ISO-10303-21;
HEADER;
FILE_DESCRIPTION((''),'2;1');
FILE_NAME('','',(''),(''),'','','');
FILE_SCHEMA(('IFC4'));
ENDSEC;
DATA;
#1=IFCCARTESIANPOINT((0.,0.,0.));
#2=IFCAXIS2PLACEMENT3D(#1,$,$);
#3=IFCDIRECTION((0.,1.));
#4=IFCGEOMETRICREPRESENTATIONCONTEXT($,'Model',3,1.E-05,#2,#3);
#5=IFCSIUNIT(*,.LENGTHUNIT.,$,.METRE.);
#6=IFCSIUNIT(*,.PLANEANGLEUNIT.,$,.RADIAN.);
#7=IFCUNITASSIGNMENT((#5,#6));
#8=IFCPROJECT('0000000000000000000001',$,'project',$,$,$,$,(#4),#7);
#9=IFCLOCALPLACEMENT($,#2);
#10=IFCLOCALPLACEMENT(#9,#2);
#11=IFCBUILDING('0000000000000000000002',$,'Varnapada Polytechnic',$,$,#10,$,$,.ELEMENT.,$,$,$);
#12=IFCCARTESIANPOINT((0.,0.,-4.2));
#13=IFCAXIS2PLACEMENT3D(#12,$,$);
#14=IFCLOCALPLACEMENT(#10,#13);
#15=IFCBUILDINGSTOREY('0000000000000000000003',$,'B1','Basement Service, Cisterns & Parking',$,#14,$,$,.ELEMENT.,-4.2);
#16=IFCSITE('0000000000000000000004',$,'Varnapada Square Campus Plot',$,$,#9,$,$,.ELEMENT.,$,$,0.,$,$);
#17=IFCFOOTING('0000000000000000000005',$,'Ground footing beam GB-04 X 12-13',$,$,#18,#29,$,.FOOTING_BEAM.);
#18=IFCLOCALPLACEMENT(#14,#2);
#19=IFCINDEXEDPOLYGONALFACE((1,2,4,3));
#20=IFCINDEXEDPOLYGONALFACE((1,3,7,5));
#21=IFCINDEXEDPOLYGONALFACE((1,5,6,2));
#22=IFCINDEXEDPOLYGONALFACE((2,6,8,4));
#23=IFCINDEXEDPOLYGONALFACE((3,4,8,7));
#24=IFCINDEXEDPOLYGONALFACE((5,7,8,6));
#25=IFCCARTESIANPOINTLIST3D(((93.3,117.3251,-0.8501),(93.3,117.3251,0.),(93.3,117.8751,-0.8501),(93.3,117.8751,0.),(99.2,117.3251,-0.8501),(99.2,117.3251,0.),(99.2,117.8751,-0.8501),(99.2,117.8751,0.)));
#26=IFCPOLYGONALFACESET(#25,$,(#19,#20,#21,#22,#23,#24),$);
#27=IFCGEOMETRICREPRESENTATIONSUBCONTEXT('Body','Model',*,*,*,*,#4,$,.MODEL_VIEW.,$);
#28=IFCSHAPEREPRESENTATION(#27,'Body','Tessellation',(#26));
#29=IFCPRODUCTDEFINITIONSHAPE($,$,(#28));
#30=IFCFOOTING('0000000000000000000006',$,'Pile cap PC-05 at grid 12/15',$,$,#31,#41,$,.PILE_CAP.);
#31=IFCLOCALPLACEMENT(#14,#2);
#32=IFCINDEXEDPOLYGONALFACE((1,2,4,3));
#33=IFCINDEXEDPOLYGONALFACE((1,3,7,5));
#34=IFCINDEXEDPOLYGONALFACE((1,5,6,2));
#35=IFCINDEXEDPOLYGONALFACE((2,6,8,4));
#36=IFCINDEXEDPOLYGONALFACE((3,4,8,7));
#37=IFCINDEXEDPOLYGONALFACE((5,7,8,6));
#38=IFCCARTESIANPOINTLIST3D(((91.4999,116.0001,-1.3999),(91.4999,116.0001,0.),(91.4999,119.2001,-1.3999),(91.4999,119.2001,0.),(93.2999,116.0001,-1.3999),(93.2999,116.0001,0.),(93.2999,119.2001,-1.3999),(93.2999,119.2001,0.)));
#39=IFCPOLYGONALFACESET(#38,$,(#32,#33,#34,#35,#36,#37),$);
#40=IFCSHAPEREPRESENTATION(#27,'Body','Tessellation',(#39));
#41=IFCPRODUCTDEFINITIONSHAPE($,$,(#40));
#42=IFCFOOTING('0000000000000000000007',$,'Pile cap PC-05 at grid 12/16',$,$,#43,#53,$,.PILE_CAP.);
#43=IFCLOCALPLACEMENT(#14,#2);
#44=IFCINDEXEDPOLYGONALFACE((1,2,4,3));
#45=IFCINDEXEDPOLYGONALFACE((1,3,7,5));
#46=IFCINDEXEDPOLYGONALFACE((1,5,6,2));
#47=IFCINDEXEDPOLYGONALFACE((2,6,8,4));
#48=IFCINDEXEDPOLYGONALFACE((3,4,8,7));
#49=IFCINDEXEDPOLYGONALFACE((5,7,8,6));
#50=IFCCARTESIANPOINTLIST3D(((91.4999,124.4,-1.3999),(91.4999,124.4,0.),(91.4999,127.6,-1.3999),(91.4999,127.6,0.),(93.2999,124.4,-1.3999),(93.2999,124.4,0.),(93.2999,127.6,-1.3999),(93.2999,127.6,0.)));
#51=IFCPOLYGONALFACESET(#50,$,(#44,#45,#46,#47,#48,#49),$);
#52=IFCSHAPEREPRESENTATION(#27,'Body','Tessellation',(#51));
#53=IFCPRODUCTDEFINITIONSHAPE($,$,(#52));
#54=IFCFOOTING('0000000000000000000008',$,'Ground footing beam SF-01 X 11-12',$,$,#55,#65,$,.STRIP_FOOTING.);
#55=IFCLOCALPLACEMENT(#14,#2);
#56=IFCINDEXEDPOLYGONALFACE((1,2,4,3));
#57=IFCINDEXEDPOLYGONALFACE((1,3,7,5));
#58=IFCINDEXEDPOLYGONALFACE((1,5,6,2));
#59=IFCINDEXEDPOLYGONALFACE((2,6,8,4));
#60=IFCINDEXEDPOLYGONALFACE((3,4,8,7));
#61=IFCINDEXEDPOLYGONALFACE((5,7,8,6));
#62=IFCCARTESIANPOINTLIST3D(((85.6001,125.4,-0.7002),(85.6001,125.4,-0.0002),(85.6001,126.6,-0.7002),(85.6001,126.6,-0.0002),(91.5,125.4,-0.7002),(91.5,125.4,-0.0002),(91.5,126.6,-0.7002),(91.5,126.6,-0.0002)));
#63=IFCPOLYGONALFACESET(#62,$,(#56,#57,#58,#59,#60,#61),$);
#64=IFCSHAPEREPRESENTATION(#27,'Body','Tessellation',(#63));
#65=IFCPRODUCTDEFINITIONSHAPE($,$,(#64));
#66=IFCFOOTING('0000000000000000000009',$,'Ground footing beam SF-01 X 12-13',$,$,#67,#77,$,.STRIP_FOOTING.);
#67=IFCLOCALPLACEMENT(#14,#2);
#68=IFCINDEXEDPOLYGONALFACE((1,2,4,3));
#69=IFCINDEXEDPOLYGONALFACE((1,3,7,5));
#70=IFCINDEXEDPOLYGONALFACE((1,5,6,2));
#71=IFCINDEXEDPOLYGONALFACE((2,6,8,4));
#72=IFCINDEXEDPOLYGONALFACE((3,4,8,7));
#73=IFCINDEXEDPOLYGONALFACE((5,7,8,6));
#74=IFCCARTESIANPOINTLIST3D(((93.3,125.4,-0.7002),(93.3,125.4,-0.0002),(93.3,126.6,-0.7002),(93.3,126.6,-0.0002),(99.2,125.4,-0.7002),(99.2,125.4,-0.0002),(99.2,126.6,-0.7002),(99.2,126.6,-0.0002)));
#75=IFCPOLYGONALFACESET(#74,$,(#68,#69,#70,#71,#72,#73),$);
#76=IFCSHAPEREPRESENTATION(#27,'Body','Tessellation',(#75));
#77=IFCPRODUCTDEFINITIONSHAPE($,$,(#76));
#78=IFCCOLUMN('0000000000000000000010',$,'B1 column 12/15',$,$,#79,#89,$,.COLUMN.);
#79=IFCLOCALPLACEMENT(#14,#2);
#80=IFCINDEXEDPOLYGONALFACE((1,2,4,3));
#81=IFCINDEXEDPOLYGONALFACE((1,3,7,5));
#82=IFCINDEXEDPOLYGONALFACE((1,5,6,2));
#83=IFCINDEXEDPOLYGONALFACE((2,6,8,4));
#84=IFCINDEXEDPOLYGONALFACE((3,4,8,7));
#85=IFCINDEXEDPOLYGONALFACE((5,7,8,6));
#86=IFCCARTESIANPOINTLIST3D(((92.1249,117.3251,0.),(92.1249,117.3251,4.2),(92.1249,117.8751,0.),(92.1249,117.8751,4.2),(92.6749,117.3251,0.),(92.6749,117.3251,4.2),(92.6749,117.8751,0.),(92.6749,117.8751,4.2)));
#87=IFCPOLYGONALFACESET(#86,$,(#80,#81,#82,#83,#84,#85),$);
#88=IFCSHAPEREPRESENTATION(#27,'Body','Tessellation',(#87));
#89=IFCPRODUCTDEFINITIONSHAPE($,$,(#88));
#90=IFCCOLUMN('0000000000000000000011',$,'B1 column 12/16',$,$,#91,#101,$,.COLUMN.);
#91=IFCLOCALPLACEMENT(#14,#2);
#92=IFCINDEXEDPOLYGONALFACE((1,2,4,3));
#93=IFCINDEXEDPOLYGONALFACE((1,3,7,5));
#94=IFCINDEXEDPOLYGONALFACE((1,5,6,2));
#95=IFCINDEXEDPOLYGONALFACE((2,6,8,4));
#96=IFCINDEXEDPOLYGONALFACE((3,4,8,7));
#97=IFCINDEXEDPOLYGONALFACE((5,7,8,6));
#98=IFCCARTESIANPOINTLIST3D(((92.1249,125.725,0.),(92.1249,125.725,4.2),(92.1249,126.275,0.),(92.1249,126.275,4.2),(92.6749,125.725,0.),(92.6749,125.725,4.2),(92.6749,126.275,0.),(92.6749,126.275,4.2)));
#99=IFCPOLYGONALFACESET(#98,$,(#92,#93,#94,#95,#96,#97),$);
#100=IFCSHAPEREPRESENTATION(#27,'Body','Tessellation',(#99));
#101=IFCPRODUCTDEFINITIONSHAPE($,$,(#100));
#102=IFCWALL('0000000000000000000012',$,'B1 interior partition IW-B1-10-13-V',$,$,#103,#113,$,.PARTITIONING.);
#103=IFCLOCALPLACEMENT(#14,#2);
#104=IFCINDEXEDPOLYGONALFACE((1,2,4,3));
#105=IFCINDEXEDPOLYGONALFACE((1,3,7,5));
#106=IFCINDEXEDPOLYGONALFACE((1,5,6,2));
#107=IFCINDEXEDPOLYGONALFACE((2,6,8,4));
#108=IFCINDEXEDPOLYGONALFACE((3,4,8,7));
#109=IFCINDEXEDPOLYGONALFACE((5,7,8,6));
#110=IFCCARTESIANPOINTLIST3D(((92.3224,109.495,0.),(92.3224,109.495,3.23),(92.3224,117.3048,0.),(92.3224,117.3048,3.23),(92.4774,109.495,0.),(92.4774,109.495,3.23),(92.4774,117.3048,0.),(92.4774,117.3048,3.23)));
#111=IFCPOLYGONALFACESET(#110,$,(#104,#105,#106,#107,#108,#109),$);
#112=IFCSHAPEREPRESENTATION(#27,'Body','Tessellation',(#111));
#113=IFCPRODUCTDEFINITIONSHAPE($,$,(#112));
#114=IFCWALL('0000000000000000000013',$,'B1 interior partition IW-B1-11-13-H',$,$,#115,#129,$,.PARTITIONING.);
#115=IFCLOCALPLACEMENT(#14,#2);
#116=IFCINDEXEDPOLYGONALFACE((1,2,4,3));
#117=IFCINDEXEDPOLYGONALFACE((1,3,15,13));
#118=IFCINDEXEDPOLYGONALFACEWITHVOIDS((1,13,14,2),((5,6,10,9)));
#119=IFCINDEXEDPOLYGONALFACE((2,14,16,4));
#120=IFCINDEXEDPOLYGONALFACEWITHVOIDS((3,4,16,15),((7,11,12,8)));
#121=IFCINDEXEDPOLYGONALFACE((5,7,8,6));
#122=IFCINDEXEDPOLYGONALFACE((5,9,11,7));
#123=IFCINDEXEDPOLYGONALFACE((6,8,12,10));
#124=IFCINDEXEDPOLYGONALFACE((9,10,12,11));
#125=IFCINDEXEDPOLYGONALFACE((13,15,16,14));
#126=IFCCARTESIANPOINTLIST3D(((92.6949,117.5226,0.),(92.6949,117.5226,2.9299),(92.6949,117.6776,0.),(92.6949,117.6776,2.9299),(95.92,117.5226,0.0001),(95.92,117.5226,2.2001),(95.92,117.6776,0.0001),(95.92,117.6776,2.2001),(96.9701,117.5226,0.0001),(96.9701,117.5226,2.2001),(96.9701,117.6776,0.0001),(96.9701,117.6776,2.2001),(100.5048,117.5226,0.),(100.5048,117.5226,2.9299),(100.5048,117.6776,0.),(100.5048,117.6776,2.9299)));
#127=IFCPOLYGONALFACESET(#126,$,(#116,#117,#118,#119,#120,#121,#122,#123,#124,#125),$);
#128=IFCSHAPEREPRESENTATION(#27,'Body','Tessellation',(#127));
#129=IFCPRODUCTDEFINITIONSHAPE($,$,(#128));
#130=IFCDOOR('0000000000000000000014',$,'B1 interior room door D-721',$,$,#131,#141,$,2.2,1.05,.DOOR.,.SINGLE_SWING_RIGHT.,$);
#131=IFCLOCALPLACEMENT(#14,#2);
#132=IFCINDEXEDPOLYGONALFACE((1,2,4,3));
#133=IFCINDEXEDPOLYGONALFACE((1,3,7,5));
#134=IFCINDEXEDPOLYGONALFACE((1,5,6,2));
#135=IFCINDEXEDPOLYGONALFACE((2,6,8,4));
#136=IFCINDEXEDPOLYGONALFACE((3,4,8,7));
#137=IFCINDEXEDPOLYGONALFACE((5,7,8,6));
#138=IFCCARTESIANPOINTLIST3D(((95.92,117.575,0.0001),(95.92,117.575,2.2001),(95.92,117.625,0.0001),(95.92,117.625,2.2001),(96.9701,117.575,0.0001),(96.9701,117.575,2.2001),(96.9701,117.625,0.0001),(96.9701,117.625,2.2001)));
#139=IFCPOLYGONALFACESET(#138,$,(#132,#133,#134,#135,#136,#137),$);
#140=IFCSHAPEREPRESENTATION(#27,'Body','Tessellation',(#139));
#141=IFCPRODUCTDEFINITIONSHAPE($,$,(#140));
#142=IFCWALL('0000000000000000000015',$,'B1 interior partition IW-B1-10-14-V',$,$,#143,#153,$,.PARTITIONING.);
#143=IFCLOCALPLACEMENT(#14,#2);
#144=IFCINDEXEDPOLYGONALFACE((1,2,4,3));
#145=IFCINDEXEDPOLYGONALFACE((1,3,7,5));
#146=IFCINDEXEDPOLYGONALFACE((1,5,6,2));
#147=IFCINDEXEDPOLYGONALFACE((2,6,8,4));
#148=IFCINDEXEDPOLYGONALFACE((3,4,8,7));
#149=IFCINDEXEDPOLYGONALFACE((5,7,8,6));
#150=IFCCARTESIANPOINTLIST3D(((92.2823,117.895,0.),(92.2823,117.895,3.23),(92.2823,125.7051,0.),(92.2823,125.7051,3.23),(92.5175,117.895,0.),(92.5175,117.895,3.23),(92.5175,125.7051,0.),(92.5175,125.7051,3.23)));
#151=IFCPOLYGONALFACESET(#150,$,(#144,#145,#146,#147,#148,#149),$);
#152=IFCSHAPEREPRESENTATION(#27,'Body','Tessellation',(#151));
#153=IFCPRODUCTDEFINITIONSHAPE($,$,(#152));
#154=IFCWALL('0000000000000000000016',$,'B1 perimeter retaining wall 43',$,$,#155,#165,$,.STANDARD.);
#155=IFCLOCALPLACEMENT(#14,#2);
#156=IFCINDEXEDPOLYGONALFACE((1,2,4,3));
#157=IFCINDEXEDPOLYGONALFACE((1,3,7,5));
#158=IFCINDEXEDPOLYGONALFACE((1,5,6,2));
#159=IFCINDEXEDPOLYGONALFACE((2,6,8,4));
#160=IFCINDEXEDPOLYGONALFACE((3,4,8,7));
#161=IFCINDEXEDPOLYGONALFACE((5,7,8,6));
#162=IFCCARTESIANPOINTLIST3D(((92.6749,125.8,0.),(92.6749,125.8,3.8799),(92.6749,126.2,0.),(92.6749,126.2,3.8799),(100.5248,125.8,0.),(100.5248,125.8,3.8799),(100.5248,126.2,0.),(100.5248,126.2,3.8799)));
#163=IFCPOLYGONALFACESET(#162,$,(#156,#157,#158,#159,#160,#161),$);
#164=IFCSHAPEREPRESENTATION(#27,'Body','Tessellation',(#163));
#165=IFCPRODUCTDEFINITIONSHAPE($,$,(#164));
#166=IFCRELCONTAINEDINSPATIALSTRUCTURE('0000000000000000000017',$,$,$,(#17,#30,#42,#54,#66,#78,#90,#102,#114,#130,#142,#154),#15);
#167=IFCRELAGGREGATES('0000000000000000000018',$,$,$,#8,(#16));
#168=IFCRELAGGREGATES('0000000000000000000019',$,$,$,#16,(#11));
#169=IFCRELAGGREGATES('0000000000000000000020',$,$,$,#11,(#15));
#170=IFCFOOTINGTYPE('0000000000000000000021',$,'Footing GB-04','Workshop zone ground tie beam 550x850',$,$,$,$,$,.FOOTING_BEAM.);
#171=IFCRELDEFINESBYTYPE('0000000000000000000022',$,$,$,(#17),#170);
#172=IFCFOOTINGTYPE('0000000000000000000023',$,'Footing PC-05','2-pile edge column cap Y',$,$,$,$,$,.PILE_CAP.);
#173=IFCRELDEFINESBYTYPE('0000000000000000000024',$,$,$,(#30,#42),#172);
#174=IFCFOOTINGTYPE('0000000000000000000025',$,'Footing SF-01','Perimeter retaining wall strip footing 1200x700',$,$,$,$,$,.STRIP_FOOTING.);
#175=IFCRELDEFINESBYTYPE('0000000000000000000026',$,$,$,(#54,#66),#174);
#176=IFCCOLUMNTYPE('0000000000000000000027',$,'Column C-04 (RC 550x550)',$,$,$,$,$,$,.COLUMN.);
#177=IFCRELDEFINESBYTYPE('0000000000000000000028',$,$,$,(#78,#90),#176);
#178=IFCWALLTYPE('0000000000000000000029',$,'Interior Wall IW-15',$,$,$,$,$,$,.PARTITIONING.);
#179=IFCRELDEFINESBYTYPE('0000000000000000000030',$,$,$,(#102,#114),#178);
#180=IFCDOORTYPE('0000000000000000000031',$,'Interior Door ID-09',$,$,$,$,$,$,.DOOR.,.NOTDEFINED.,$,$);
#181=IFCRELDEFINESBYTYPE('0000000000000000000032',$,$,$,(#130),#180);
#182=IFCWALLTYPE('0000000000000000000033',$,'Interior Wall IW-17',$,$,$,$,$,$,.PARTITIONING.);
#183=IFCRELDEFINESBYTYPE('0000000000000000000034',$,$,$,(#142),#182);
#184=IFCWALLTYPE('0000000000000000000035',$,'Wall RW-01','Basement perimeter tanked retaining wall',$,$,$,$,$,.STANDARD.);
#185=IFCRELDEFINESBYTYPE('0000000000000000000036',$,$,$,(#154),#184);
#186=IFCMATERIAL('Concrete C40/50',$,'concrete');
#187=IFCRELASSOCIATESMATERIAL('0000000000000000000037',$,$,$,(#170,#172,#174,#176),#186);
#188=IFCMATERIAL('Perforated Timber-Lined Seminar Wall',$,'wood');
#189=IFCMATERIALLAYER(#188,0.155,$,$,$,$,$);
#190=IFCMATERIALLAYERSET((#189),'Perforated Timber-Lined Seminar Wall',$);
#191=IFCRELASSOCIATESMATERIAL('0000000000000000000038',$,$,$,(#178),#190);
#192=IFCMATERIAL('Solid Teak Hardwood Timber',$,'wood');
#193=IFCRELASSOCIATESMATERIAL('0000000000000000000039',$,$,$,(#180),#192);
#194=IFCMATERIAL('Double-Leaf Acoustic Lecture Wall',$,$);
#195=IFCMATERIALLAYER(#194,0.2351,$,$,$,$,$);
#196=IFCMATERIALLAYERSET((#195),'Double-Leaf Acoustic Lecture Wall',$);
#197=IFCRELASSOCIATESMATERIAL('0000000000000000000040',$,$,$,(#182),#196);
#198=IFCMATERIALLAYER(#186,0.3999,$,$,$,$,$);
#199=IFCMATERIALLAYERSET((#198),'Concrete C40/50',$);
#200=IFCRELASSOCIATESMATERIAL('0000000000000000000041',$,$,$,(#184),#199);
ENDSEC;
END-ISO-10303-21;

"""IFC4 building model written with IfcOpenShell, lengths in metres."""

from ifc_helpers import new_model, si_unit, direction, frame, frame_2d, origin, origin_2d, place, context, subcontext, project, spatial, rectangle, extrude, material, layer, layer_set, material_profile, profile_set, type_object, element, fill, save


model = new_model("IFC4")

# Units and contexts
model_context = context("Model", 3, precision=1e-05, world=origin(), true_north=direction((0.0, 1.0)))
body_context = subcontext(model_context, "Body", "Model", "MODEL_VIEW")
ifc_project = project(units=[si_unit("LENGTHUNIT", "METRE"), si_unit("PLANEANGLEUNIT", "RADIAN")], contexts=[model_context])

# Site, building, storey
site_placement = place(None, origin())
site = spatial("IfcSite", under=ifc_project, at=site_placement, Name="Varnapada Square Campus Plot", CompositionType="ELEMENT", RefElevation=0.0)
building_placement = place(site_placement, origin())
building = spatial("IfcBuilding", under=site, at=building_placement, Name="Varnapada Polytechnic", CompositionType="ELEMENT")
storey_placement = place(building_placement, frame((0.0, 0.0, -4.2)))
storey = spatial("IfcBuildingStorey", under=building, at=storey_placement, Name="B1", Description="Basement Service, Cisterns & Parking", CompositionType="ELEMENT", Elevation=-4.2)

# Shared definitions
ifc_material_1 = material(Name="Concrete C40/50", Category="concrete")

# Footings
footing_type_1 = type_object("IfcFootingType", Name="Footing GB-04", Description="Workshop zone ground tie beam 550x850", PredefinedType="FOOTING_BEAM", material=ifc_material_1)
for number, where, z_axis, x_axis, name in (
    (1, (96.25, 117.6001, -0.8501), (0.0, 0.0, 1.0), (1.0, 0.0, 0.0), "Ground footing beam GB-04 X 12-13"),
):
    element("IfcFooting", number, at=place(storey_placement, frame(where, z_axis=z_axis, x_axis=x_axis)), inside=storey, type_object=footing_type_1, Name=name, PredefinedType="FOOTING_BEAM", context=body_context, shape_type="SweptSolid", body=[
        extrude(rectangle(XDim=5.8999, YDim=0.55, at=origin_2d()), origin(), (0.0, 0.0, 1.0), 0.8501),
    ])
footing_type_2 = type_object("IfcFootingType", Name="Footing PC-05", Description="2-pile edge column cap Y", PredefinedType="PILE_CAP", material=ifc_material_1)
for number, where, z_axis, x_axis, name in (
    (2, (92.3999, 117.6001, -1.3999), (0.0, 0.0, 1.0), (1.0, 0.0, 0.0), "Pile cap PC-05 at grid 12/15"),
    (3, (92.3999, 126.0, -1.3999), (0.0, 0.0, 1.0), (1.0, 0.0, 0.0), "Pile cap PC-05 at grid 12/16"),
):
    element("IfcFooting", number, at=place(storey_placement, frame(where, z_axis=z_axis, x_axis=x_axis)), inside=storey, type_object=footing_type_2, Name=name, PredefinedType="PILE_CAP", context=body_context, shape_type="SweptSolid", body=[
        extrude(rectangle(XDim=1.8, YDim=3.2, at=origin_2d()), origin(), (0.0, 0.0, 1.0), 1.3999),
    ])
footing_type_3 = type_object("IfcFootingType", Name="Footing SF-01", Description="Perimeter retaining wall strip footing 1200x700", PredefinedType="STRIP_FOOTING", material=ifc_material_1)
for number, where, z_axis, x_axis, name in (
    (4, (88.55, 126.0, -0.7002), (0.0, 0.0, 1.0), (1.0, 0.0, 0.0), "Ground footing beam SF-01 X 11-12"),
    (5, (96.25, 126.0, -0.7002), (0.0, 0.0, 1.0), (1.0, 0.0, 0.0), "Ground footing beam SF-01 X 12-13"),
):
    element("IfcFooting", number, at=place(storey_placement, frame(where, z_axis=z_axis, x_axis=x_axis)), inside=storey, type_object=footing_type_3, Name=name, PredefinedType="STRIP_FOOTING", context=body_context, shape_type="SweptSolid", body=[
        extrude(rectangle(XDim=5.8999, YDim=1.2, at=origin_2d()), origin(), (0.0, 0.0, 1.0), 0.7),
    ])

# Columns
ifc_material_profile_1 = material_profile(ifc_material_1, rectangle(XDim=0.55, YDim=0.55, at=origin_2d()), Name="RC 550x550")
ifc_profile_set_1 = profile_set([ifc_material_profile_1], Name="Concrete C40/50")
column_type = type_object("IfcColumnType", Name="Column C-04 (RC 550x550)", PredefinedType="COLUMN", material=ifc_profile_set_1)
for number, where, z_axis, x_axis, name in (
    (6, (92.3999, 117.6001, 0.0), (0.0, 0.0, 1.0), (1.0, 0.0, 0.0), "B1 column 12/15"),
    (7, (92.3999, 126.0, 0.0), (0.0, 0.0, 1.0), (1.0, 0.0, 0.0), "B1 column 12/16"),
):
    element("IfcColumn", number, at=place(storey_placement, frame(where, z_axis=z_axis, x_axis=x_axis)), inside=storey, type_object=column_type, Name=name, PredefinedType="COLUMN", context=body_context, shape_type="SweptSolid", body=[
        extrude(rectangle(XDim=0.55, YDim=0.55, at=origin_2d()), origin(), (0.0, 0.0, 1.0), 4.2),
    ])

# Wall
ifc_material_2 = material(Name="Perforated Timber-Lined Seminar Wall", Category="wood")
ifc_layer_1 = layer(ifc_material_2, 0.155)
ifc_layer_set_1 = layer_set([ifc_layer_1], Name="Perforated Timber-Lined Seminar Wall")
wall_type_1 = type_object("IfcWallType", Name="Interior Wall IW-15", PredefinedType="PARTITIONING", material=ifc_layer_set_1)
wall_1_placement = place(storey_placement, frame((92.3999, 109.4951, 0.0), z_axis=(0.0, 0.0, 1.0), x_axis=(0.0, 1.0, 0.0)))
element("IfcWall", 8, at=wall_1_placement, inside=storey, type_object=wall_type_1, Name="B1 interior partition IW-B1-10-13-V", PredefinedType="PARTITIONING", context=body_context, shape_type="SweptSolid", body=[
    extrude(rectangle(XDim=7.8098, YDim=0.155, at=frame_2d((3.9048, 0.0))), origin(), (0.0, 0.0, 1.0), 3.23),
])

# Wall, opening, door
wall_2_placement = place(storey_placement, frame((92.6951, 117.6001, 0.0), z_axis=(0.0, 0.0, 1.0), x_axis=(1.0, 0.0, 0.0)))
wall_2 = element("IfcWall", 9, at=wall_2_placement, inside=storey, type_object=wall_type_1, Name="B1 interior partition IW-B1-11-13-H", PredefinedType="PARTITIONING", context=body_context, shape_type="SweptSolid", body=[
    extrude(rectangle(XDim=7.8098, YDim=0.155, at=frame_2d((3.9048, 0.0))), origin(), (0.0, 0.0, 1.0), 2.9299),
])
opening_placement = place(wall_2_placement, frame((3.2251, 0.0, 0.0)))
opening = element("IfcOpeningElement", 10, at=opening_placement, cuts=wall_2, PredefinedType="OPENING", context=body_context, shape_type="SweptSolid", body=[
    extrude(rectangle(XDim=1.05, YDim=2.2, at=frame_2d((0.5249, 1.1001))), frame((0.0, 0.0874, 0.0), z_axis=(0.0, -1.0, 0.0), x_axis=(1.0, 0.0, 0.0)), (0.0, 0.0, 1.0), 0.175),
])
ifc_material_3 = material(Name="Solid Teak Hardwood Timber", Category="wood")
door_type = type_object("IfcDoorType", Name="Interior Door ID-09", OperationType="NOTDEFINED", PredefinedType="DOOR", material=ifc_material_3)
door_placement = place(opening_placement, origin())
door = element("IfcDoor", 11, at=door_placement, inside=storey, type_object=door_type, Name="B1 interior room door D-721", OperationType="SINGLE_SWING_RIGHT", OverallHeight=2.2, OverallWidth=1.05, PredefinedType="DOOR", context=body_context, shape_type="SweptSolid", body=[
    extrude(rectangle(XDim=1.05, YDim=2.2, at=frame_2d((0.5249, 1.1001))), frame((0.0, 0.0249, 0.0), z_axis=(0.0, -1.0, 0.0), x_axis=(1.0, 0.0, 0.0)), (0.0, 0.0, 1.0), 0.05),
])
fill(opening, door)

# Walls
ifc_material_4 = material(Name="Double-Leaf Acoustic Lecture Wall")
ifc_layer_2 = layer(ifc_material_4, 0.2351)
ifc_layer_set_2 = layer_set([ifc_layer_2], Name="Double-Leaf Acoustic Lecture Wall")
wall_type_2 = type_object("IfcWallType", Name="Interior Wall IW-17", PredefinedType="PARTITIONING", material=ifc_layer_set_2)
wall_3_placement = place(storey_placement, frame((92.3999, 117.895, 0.0), z_axis=(0.0, 0.0, 1.0), x_axis=(0.0, 1.0, 0.0)))
element("IfcWall", 12, at=wall_3_placement, inside=storey, type_object=wall_type_2, Name="B1 interior partition IW-B1-10-14-V", PredefinedType="PARTITIONING", context=body_context, shape_type="SweptSolid", body=[
    extrude(rectangle(XDim=7.8101, YDim=0.2351, at=frame_2d((3.905, 0.0))), origin(), (0.0, 0.0, 1.0), 3.23),
])
ifc_layer_3 = layer(ifc_material_1, 0.3999)
ifc_layer_set_3 = layer_set([ifc_layer_3], Name="Concrete C40/50")
wall_type_3 = type_object("IfcWallType", Name="Wall RW-01", Description="Basement perimeter tanked retaining wall", PredefinedType="STANDARD", material=ifc_layer_set_3)
wall_4_placement = place(storey_placement, frame((92.675, 126.0, 0.0), z_axis=(0.0, 0.0, 1.0), x_axis=(1.0, 0.0, 0.0)))
element("IfcWall", 13, at=wall_4_placement, inside=storey, type_object=wall_type_3, Name="B1 perimeter retaining wall 43", PredefinedType="STANDARD", context=body_context, shape_type="SweptSolid", body=[
    extrude(rectangle(XDim=7.8499, YDim=0.3999, at=frame_2d((3.9248, 0.0))), origin(), (0.0, 0.0, 1.0), 3.8799),
])

save(model, "model.ifc")
